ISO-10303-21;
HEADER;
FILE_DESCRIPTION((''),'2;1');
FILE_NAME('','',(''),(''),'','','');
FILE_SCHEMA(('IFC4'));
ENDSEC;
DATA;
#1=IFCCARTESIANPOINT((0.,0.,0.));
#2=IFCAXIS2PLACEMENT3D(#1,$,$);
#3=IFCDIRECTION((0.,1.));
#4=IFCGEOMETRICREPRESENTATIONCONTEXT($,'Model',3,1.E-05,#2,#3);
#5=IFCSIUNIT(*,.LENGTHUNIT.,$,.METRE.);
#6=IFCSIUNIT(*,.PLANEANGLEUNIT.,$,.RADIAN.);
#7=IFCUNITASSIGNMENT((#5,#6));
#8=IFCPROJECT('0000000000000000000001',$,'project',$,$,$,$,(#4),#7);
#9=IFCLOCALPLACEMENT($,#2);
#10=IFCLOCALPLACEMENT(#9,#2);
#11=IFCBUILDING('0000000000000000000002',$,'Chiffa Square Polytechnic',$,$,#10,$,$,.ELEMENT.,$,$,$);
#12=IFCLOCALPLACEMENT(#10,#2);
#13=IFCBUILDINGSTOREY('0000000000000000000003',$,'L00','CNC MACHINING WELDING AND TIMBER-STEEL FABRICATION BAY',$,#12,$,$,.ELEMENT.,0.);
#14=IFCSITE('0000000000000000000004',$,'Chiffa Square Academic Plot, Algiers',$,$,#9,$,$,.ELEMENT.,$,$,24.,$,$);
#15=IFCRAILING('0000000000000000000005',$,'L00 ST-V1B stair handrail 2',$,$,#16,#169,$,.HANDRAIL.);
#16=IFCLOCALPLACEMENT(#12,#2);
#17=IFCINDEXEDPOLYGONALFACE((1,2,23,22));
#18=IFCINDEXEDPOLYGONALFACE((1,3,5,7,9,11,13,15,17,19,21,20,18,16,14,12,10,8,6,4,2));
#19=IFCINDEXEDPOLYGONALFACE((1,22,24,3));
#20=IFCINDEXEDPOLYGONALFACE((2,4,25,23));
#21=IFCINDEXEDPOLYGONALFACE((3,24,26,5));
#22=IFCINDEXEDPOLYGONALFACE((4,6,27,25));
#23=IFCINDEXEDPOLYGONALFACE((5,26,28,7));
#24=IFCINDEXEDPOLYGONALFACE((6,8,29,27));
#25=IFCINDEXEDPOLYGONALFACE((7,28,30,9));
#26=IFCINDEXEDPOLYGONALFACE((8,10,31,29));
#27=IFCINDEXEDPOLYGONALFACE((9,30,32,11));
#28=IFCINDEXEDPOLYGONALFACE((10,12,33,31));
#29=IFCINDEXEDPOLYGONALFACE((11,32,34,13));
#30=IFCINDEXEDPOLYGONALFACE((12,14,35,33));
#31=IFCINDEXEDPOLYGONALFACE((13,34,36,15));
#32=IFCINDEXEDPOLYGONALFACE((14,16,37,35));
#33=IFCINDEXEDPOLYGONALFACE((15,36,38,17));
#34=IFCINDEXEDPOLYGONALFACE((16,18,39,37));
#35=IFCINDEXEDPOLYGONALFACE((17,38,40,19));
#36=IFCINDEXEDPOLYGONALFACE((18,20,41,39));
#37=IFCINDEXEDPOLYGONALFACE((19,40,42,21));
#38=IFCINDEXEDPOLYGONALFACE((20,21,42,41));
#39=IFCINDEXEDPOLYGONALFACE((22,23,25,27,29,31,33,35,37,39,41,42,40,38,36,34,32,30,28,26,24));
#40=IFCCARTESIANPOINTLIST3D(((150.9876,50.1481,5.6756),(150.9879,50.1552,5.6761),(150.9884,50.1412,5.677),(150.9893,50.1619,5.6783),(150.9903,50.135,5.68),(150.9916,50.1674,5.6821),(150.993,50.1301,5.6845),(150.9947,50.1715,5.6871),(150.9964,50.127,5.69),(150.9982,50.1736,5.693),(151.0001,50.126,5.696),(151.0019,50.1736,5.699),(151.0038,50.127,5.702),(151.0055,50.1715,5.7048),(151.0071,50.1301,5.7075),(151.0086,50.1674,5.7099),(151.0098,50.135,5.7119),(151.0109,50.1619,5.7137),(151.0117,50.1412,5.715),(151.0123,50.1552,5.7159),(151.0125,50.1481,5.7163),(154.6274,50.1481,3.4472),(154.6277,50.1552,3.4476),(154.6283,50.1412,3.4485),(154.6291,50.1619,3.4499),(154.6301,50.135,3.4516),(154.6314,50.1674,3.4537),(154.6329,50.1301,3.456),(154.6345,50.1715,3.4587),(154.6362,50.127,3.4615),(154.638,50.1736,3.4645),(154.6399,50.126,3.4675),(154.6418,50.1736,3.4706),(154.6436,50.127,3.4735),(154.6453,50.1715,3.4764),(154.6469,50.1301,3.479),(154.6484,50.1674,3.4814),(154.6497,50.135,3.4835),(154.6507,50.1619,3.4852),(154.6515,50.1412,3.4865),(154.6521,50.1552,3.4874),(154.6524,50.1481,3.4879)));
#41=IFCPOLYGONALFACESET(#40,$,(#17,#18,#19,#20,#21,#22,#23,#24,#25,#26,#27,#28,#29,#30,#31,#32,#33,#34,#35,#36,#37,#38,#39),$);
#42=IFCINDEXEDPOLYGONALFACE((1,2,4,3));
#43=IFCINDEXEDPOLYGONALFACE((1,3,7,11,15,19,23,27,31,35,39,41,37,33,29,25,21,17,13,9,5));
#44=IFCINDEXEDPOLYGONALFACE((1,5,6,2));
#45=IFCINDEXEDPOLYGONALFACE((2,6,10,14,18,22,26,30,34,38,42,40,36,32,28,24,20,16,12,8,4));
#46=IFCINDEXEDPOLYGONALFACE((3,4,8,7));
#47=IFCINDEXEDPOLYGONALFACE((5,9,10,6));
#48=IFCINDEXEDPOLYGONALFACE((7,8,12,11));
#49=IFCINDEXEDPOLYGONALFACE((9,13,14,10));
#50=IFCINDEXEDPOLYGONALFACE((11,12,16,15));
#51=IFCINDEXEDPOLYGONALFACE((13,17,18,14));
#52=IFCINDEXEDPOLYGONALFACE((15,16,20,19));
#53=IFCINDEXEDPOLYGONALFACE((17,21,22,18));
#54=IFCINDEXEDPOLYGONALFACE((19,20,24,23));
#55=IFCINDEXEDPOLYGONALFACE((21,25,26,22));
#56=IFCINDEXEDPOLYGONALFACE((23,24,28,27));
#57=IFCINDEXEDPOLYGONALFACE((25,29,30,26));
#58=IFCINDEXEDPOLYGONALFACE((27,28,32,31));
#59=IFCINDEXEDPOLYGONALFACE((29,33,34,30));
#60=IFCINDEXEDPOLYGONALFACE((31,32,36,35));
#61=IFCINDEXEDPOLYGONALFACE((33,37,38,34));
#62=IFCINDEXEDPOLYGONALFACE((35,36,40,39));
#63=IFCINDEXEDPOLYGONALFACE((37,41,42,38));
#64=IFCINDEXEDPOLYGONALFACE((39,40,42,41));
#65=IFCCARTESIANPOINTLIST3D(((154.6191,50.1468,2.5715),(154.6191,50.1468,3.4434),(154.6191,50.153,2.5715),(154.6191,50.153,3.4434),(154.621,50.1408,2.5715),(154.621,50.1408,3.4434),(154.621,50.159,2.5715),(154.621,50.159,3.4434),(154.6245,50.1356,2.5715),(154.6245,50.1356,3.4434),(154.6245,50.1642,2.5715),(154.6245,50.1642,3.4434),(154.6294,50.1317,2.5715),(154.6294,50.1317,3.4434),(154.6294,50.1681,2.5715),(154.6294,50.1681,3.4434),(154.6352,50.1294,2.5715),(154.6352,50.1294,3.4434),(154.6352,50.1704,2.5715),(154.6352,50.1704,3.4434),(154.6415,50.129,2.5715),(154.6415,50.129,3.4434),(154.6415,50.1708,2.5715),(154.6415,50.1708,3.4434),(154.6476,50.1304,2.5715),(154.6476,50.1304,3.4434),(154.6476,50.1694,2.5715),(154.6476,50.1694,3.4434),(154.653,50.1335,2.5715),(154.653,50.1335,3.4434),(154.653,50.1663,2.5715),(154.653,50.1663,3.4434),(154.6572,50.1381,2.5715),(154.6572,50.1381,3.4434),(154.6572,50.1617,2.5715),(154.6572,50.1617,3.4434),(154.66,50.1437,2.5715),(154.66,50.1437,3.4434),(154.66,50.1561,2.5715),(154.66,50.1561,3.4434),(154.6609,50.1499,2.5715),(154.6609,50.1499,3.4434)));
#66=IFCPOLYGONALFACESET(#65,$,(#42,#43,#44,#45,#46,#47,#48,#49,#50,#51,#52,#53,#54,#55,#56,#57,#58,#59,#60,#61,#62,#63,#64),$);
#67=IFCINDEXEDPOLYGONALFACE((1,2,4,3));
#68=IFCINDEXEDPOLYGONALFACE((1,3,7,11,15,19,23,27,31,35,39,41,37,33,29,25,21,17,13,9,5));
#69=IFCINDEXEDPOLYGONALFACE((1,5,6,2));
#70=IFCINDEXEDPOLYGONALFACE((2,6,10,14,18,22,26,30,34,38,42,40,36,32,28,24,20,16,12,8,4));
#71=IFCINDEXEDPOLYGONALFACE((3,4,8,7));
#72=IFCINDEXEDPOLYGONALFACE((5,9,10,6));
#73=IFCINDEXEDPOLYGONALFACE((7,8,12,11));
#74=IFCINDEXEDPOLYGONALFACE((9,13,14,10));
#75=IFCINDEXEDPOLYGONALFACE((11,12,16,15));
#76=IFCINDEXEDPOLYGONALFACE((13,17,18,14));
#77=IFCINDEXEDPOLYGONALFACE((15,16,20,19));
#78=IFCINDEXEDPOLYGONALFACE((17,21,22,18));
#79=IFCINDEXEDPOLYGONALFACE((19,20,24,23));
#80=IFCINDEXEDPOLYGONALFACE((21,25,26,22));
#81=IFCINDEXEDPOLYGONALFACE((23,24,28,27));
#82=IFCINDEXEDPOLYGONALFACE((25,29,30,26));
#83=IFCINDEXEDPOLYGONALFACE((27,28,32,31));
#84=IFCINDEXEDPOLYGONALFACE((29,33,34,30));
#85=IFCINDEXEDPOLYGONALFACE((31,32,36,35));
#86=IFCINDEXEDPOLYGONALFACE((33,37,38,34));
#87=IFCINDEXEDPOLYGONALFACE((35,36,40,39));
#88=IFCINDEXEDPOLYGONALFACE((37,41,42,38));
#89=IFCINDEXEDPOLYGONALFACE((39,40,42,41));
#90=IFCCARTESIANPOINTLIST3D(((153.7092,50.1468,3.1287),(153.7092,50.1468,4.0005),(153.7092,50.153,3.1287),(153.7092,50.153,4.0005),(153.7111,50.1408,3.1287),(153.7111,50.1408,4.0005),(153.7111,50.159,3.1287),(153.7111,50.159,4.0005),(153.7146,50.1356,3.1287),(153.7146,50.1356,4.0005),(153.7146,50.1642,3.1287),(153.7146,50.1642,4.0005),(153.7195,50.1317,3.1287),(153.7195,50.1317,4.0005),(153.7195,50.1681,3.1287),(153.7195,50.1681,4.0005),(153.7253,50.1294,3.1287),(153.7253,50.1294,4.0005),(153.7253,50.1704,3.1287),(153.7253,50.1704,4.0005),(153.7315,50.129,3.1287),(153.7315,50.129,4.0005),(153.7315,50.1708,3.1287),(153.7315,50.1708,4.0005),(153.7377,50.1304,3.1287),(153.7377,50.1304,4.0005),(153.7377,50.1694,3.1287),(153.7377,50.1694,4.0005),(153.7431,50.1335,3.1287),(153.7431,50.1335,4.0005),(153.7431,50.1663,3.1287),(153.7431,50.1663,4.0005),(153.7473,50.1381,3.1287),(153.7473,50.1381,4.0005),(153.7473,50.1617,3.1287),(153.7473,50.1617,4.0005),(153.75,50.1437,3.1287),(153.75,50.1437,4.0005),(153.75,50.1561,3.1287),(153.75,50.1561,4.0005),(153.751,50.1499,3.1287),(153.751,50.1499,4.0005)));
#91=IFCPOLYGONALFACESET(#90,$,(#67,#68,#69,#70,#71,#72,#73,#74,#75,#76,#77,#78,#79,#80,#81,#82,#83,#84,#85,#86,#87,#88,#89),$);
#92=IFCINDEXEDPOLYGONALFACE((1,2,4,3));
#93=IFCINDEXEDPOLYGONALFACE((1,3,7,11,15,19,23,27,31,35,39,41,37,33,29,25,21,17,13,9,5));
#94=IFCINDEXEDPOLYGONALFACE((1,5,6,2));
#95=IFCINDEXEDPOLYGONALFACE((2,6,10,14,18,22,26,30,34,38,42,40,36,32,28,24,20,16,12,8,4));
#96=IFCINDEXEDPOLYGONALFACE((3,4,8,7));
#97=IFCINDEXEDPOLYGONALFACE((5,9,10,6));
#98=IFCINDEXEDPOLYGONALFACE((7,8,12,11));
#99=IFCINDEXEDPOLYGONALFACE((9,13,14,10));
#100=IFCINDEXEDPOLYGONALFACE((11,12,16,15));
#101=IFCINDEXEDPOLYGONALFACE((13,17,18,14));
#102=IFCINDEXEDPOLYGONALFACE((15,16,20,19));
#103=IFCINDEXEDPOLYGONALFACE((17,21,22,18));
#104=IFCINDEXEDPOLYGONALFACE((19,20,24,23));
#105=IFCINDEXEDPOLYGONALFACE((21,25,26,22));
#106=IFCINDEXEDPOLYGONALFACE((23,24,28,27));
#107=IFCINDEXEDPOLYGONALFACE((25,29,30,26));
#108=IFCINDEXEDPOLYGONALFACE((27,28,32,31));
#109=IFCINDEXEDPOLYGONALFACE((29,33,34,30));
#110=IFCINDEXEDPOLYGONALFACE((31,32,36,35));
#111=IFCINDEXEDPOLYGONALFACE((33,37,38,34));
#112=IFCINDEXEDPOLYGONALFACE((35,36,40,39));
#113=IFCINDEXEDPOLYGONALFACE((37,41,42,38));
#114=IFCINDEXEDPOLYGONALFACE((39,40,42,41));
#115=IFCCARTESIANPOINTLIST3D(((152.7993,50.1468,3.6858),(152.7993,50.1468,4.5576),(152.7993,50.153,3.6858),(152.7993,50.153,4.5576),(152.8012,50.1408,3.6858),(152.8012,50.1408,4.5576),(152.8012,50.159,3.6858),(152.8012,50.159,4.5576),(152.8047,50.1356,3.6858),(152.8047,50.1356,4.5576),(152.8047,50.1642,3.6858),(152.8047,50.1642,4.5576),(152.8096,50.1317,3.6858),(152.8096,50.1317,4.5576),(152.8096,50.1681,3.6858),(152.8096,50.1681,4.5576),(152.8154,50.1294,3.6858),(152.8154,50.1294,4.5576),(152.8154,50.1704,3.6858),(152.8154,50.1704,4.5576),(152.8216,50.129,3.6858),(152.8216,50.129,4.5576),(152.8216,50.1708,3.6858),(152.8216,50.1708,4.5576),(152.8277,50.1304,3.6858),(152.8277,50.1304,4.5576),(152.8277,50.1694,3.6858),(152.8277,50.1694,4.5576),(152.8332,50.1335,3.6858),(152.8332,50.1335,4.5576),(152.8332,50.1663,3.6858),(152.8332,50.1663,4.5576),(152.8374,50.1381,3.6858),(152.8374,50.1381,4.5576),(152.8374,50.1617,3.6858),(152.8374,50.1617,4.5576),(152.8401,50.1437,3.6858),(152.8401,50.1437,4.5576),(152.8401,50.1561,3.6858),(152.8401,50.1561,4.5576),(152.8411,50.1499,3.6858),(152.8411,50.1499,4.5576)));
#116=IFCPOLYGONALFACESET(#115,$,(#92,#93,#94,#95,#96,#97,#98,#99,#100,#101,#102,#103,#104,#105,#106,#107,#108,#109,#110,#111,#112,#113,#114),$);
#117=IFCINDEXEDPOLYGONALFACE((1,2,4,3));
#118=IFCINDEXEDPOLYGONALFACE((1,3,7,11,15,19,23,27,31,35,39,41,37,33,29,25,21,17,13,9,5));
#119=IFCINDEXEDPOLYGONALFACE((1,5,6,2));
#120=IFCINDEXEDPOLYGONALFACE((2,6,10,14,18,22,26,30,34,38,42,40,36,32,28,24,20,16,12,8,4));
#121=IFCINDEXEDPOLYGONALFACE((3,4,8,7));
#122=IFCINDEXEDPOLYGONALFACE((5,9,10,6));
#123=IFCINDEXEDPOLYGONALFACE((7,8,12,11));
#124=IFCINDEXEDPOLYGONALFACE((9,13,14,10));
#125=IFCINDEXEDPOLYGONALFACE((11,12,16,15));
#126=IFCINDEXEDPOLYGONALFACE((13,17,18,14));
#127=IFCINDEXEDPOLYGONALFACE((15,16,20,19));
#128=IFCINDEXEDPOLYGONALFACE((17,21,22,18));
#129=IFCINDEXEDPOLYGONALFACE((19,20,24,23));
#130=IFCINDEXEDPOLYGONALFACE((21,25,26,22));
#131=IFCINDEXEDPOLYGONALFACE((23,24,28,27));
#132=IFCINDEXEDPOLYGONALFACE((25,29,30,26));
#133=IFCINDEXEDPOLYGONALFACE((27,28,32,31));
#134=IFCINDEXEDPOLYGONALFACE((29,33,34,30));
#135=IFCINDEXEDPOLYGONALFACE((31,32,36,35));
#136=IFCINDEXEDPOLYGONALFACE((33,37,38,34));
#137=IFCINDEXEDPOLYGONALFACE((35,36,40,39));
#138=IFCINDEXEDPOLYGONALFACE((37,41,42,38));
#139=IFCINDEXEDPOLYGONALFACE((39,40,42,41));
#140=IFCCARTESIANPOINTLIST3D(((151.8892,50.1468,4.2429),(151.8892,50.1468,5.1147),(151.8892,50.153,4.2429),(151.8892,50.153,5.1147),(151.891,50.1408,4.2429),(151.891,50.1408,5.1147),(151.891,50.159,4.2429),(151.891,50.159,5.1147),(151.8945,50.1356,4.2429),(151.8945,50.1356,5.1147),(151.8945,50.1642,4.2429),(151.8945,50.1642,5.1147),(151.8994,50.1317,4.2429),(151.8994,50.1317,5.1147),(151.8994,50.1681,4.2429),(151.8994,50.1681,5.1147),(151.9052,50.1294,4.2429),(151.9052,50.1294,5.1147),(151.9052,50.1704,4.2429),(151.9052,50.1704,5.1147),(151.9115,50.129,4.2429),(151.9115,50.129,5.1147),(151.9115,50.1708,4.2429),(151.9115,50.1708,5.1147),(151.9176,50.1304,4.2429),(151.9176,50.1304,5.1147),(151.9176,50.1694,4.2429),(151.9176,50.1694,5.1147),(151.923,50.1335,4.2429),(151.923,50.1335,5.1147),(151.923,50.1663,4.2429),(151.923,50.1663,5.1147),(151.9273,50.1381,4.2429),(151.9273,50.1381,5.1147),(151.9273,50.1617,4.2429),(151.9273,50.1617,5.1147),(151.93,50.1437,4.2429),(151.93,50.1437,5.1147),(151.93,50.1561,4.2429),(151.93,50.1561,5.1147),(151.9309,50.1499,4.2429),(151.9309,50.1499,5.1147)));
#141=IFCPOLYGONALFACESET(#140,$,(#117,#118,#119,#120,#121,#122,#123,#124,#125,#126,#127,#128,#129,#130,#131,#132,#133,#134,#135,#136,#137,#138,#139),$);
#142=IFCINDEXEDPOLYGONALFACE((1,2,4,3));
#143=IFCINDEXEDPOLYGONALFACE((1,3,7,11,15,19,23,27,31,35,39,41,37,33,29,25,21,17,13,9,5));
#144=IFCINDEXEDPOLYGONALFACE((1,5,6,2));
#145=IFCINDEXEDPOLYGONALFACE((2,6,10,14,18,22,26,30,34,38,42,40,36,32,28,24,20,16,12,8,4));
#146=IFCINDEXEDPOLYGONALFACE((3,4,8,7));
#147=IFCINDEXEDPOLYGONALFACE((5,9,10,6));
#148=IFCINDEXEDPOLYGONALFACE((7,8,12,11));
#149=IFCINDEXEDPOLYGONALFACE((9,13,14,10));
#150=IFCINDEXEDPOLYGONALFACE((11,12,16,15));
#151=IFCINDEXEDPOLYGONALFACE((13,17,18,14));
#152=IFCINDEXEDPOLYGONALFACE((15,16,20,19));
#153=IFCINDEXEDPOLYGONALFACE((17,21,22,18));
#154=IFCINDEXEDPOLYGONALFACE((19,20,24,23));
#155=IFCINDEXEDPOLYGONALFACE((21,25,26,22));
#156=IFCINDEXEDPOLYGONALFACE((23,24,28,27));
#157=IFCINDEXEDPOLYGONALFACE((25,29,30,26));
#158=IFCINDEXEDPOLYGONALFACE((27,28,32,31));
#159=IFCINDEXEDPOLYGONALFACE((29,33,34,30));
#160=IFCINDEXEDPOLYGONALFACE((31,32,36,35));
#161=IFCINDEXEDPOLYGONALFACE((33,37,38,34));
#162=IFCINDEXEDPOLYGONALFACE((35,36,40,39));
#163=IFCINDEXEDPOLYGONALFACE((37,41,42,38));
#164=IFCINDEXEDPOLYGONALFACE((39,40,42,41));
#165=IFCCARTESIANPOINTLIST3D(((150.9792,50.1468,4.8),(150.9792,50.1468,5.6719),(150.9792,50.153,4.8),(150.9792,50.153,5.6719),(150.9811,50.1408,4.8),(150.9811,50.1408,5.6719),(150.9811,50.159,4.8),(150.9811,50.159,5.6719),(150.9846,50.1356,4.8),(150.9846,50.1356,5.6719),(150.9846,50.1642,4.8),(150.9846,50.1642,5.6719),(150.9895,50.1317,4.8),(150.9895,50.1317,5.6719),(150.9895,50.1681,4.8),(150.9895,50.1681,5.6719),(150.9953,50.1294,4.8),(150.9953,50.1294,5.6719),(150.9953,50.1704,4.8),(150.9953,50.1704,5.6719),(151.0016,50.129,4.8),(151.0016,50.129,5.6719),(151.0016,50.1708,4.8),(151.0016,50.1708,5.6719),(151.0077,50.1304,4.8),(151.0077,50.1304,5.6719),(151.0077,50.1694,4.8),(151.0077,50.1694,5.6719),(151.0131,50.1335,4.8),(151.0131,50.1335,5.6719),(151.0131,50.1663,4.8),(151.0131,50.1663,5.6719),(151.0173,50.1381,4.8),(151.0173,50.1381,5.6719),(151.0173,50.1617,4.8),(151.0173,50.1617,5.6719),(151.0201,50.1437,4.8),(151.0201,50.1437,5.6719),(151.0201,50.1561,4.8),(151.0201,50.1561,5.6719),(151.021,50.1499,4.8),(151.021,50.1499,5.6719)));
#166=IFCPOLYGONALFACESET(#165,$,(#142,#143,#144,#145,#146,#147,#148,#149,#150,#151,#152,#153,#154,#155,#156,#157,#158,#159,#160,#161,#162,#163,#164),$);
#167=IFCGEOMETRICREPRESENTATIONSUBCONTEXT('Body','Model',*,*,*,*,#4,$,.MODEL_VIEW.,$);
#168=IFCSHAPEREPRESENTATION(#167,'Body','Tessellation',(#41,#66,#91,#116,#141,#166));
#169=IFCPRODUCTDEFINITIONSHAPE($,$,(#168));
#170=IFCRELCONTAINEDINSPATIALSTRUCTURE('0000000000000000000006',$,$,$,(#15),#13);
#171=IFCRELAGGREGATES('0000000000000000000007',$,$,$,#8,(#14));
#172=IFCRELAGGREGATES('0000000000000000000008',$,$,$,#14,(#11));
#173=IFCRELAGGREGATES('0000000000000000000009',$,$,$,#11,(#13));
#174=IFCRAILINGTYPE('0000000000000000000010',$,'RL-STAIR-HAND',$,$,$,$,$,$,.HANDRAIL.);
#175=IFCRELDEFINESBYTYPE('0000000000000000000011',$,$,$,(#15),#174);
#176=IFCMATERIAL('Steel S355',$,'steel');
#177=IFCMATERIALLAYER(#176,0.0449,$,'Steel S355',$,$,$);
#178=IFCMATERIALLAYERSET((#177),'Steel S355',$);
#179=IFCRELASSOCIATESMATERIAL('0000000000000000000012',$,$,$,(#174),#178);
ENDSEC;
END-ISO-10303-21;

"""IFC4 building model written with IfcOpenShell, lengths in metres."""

from ifc_helpers import new_model, si_unit, direction, frame, origin, origin_2d, place, context, subcontext, project, spatial, circle, extrude, material, layer, layer_set, type_object, element, save


model = new_model("IFC4")

# Units and contexts
model_context = context("Model", 3, precision=1e-05, world=origin(), true_north=direction((0.0, 1.0)))
body_context = subcontext(model_context, "Body", "Model", "MODEL_VIEW")
ifc_project = project(units=[si_unit("LENGTHUNIT", "METRE"), si_unit("PLANEANGLEUNIT", "RADIAN")], contexts=[model_context])

# Site, building, storey
site_placement = place(None, origin())
site = spatial("IfcSite", under=ifc_project, at=site_placement, Name="Chiffa Square Academic Plot, Algiers", CompositionType="ELEMENT", RefElevation=24.0)
building_placement = place(site_placement, origin())
building = spatial("IfcBuilding", under=site, at=building_placement, Name="Chiffa Square Polytechnic", CompositionType="ELEMENT")
storey_placement = place(building_placement, origin())
storey = spatial("IfcBuildingStorey", under=building, at=storey_placement, Name="L00", Description="CNC MACHINING WELDING AND TIMBER-STEEL FABRICATION BAY", CompositionType="ELEMENT", Elevation=0.0)

# Railing
ifc_material_1 = material(Name="Steel S355", Category="steel")
ifc_layer_1 = layer(ifc_material_1, 0.0449, Name="Steel S355")
ifc_layer_set_1 = layer_set([ifc_layer_1], Name="Steel S355")
railing_type_1 = type_object("IfcRailingType", Name="RL-STAIR-HAND", PredefinedType="HANDRAIL", material=ifc_layer_set_1)
railing_1_placement = place(storey_placement, frame((154.6399, 50.1499, 2.5715)))
element("IfcRailing", 1, at=railing_1_placement, inside=storey, type_object=railing_type_1, Name="L00 ST-V1B stair handrail 2", PredefinedType="HANDRAIL", context=body_context, shape_type="SweptSolid", body=[
    extrude(circle(Radius=0.0239, at=origin_2d()), frame((0.0, 0.0, 0.896), z_axis=(-0.85285, 0.0, 0.522156), x_axis=(0.0, -1.0, 0.0)), (0.0, 0.0, 1.0), 4.2678),
    extrude(circle(Radius=0.021, at=origin_2d()), origin(), (0.0, 0.0, 1.0), 0.8718),
    extrude(circle(Radius=0.021, at=origin_2d()), frame((-0.9099, 0.0, 0.5571)), (0.0, 0.0, 1.0), 0.8718),
    extrude(circle(Radius=0.021, at=origin_2d()), frame((-1.8198, 0.0, 1.1143)), (0.0, 0.0, 1.0), 0.8718),
    extrude(circle(Radius=0.021, at=origin_2d()), frame((-2.73, 0.0, 1.6714)), (0.0, 0.0, 1.0), 0.8718),
    extrude(circle(Radius=0.021, at=origin_2d()), frame((-3.6399, 0.0, 2.2285)), (0.0, 0.0, 1.0), 0.8718),
])

save(model, "model.ifc")
